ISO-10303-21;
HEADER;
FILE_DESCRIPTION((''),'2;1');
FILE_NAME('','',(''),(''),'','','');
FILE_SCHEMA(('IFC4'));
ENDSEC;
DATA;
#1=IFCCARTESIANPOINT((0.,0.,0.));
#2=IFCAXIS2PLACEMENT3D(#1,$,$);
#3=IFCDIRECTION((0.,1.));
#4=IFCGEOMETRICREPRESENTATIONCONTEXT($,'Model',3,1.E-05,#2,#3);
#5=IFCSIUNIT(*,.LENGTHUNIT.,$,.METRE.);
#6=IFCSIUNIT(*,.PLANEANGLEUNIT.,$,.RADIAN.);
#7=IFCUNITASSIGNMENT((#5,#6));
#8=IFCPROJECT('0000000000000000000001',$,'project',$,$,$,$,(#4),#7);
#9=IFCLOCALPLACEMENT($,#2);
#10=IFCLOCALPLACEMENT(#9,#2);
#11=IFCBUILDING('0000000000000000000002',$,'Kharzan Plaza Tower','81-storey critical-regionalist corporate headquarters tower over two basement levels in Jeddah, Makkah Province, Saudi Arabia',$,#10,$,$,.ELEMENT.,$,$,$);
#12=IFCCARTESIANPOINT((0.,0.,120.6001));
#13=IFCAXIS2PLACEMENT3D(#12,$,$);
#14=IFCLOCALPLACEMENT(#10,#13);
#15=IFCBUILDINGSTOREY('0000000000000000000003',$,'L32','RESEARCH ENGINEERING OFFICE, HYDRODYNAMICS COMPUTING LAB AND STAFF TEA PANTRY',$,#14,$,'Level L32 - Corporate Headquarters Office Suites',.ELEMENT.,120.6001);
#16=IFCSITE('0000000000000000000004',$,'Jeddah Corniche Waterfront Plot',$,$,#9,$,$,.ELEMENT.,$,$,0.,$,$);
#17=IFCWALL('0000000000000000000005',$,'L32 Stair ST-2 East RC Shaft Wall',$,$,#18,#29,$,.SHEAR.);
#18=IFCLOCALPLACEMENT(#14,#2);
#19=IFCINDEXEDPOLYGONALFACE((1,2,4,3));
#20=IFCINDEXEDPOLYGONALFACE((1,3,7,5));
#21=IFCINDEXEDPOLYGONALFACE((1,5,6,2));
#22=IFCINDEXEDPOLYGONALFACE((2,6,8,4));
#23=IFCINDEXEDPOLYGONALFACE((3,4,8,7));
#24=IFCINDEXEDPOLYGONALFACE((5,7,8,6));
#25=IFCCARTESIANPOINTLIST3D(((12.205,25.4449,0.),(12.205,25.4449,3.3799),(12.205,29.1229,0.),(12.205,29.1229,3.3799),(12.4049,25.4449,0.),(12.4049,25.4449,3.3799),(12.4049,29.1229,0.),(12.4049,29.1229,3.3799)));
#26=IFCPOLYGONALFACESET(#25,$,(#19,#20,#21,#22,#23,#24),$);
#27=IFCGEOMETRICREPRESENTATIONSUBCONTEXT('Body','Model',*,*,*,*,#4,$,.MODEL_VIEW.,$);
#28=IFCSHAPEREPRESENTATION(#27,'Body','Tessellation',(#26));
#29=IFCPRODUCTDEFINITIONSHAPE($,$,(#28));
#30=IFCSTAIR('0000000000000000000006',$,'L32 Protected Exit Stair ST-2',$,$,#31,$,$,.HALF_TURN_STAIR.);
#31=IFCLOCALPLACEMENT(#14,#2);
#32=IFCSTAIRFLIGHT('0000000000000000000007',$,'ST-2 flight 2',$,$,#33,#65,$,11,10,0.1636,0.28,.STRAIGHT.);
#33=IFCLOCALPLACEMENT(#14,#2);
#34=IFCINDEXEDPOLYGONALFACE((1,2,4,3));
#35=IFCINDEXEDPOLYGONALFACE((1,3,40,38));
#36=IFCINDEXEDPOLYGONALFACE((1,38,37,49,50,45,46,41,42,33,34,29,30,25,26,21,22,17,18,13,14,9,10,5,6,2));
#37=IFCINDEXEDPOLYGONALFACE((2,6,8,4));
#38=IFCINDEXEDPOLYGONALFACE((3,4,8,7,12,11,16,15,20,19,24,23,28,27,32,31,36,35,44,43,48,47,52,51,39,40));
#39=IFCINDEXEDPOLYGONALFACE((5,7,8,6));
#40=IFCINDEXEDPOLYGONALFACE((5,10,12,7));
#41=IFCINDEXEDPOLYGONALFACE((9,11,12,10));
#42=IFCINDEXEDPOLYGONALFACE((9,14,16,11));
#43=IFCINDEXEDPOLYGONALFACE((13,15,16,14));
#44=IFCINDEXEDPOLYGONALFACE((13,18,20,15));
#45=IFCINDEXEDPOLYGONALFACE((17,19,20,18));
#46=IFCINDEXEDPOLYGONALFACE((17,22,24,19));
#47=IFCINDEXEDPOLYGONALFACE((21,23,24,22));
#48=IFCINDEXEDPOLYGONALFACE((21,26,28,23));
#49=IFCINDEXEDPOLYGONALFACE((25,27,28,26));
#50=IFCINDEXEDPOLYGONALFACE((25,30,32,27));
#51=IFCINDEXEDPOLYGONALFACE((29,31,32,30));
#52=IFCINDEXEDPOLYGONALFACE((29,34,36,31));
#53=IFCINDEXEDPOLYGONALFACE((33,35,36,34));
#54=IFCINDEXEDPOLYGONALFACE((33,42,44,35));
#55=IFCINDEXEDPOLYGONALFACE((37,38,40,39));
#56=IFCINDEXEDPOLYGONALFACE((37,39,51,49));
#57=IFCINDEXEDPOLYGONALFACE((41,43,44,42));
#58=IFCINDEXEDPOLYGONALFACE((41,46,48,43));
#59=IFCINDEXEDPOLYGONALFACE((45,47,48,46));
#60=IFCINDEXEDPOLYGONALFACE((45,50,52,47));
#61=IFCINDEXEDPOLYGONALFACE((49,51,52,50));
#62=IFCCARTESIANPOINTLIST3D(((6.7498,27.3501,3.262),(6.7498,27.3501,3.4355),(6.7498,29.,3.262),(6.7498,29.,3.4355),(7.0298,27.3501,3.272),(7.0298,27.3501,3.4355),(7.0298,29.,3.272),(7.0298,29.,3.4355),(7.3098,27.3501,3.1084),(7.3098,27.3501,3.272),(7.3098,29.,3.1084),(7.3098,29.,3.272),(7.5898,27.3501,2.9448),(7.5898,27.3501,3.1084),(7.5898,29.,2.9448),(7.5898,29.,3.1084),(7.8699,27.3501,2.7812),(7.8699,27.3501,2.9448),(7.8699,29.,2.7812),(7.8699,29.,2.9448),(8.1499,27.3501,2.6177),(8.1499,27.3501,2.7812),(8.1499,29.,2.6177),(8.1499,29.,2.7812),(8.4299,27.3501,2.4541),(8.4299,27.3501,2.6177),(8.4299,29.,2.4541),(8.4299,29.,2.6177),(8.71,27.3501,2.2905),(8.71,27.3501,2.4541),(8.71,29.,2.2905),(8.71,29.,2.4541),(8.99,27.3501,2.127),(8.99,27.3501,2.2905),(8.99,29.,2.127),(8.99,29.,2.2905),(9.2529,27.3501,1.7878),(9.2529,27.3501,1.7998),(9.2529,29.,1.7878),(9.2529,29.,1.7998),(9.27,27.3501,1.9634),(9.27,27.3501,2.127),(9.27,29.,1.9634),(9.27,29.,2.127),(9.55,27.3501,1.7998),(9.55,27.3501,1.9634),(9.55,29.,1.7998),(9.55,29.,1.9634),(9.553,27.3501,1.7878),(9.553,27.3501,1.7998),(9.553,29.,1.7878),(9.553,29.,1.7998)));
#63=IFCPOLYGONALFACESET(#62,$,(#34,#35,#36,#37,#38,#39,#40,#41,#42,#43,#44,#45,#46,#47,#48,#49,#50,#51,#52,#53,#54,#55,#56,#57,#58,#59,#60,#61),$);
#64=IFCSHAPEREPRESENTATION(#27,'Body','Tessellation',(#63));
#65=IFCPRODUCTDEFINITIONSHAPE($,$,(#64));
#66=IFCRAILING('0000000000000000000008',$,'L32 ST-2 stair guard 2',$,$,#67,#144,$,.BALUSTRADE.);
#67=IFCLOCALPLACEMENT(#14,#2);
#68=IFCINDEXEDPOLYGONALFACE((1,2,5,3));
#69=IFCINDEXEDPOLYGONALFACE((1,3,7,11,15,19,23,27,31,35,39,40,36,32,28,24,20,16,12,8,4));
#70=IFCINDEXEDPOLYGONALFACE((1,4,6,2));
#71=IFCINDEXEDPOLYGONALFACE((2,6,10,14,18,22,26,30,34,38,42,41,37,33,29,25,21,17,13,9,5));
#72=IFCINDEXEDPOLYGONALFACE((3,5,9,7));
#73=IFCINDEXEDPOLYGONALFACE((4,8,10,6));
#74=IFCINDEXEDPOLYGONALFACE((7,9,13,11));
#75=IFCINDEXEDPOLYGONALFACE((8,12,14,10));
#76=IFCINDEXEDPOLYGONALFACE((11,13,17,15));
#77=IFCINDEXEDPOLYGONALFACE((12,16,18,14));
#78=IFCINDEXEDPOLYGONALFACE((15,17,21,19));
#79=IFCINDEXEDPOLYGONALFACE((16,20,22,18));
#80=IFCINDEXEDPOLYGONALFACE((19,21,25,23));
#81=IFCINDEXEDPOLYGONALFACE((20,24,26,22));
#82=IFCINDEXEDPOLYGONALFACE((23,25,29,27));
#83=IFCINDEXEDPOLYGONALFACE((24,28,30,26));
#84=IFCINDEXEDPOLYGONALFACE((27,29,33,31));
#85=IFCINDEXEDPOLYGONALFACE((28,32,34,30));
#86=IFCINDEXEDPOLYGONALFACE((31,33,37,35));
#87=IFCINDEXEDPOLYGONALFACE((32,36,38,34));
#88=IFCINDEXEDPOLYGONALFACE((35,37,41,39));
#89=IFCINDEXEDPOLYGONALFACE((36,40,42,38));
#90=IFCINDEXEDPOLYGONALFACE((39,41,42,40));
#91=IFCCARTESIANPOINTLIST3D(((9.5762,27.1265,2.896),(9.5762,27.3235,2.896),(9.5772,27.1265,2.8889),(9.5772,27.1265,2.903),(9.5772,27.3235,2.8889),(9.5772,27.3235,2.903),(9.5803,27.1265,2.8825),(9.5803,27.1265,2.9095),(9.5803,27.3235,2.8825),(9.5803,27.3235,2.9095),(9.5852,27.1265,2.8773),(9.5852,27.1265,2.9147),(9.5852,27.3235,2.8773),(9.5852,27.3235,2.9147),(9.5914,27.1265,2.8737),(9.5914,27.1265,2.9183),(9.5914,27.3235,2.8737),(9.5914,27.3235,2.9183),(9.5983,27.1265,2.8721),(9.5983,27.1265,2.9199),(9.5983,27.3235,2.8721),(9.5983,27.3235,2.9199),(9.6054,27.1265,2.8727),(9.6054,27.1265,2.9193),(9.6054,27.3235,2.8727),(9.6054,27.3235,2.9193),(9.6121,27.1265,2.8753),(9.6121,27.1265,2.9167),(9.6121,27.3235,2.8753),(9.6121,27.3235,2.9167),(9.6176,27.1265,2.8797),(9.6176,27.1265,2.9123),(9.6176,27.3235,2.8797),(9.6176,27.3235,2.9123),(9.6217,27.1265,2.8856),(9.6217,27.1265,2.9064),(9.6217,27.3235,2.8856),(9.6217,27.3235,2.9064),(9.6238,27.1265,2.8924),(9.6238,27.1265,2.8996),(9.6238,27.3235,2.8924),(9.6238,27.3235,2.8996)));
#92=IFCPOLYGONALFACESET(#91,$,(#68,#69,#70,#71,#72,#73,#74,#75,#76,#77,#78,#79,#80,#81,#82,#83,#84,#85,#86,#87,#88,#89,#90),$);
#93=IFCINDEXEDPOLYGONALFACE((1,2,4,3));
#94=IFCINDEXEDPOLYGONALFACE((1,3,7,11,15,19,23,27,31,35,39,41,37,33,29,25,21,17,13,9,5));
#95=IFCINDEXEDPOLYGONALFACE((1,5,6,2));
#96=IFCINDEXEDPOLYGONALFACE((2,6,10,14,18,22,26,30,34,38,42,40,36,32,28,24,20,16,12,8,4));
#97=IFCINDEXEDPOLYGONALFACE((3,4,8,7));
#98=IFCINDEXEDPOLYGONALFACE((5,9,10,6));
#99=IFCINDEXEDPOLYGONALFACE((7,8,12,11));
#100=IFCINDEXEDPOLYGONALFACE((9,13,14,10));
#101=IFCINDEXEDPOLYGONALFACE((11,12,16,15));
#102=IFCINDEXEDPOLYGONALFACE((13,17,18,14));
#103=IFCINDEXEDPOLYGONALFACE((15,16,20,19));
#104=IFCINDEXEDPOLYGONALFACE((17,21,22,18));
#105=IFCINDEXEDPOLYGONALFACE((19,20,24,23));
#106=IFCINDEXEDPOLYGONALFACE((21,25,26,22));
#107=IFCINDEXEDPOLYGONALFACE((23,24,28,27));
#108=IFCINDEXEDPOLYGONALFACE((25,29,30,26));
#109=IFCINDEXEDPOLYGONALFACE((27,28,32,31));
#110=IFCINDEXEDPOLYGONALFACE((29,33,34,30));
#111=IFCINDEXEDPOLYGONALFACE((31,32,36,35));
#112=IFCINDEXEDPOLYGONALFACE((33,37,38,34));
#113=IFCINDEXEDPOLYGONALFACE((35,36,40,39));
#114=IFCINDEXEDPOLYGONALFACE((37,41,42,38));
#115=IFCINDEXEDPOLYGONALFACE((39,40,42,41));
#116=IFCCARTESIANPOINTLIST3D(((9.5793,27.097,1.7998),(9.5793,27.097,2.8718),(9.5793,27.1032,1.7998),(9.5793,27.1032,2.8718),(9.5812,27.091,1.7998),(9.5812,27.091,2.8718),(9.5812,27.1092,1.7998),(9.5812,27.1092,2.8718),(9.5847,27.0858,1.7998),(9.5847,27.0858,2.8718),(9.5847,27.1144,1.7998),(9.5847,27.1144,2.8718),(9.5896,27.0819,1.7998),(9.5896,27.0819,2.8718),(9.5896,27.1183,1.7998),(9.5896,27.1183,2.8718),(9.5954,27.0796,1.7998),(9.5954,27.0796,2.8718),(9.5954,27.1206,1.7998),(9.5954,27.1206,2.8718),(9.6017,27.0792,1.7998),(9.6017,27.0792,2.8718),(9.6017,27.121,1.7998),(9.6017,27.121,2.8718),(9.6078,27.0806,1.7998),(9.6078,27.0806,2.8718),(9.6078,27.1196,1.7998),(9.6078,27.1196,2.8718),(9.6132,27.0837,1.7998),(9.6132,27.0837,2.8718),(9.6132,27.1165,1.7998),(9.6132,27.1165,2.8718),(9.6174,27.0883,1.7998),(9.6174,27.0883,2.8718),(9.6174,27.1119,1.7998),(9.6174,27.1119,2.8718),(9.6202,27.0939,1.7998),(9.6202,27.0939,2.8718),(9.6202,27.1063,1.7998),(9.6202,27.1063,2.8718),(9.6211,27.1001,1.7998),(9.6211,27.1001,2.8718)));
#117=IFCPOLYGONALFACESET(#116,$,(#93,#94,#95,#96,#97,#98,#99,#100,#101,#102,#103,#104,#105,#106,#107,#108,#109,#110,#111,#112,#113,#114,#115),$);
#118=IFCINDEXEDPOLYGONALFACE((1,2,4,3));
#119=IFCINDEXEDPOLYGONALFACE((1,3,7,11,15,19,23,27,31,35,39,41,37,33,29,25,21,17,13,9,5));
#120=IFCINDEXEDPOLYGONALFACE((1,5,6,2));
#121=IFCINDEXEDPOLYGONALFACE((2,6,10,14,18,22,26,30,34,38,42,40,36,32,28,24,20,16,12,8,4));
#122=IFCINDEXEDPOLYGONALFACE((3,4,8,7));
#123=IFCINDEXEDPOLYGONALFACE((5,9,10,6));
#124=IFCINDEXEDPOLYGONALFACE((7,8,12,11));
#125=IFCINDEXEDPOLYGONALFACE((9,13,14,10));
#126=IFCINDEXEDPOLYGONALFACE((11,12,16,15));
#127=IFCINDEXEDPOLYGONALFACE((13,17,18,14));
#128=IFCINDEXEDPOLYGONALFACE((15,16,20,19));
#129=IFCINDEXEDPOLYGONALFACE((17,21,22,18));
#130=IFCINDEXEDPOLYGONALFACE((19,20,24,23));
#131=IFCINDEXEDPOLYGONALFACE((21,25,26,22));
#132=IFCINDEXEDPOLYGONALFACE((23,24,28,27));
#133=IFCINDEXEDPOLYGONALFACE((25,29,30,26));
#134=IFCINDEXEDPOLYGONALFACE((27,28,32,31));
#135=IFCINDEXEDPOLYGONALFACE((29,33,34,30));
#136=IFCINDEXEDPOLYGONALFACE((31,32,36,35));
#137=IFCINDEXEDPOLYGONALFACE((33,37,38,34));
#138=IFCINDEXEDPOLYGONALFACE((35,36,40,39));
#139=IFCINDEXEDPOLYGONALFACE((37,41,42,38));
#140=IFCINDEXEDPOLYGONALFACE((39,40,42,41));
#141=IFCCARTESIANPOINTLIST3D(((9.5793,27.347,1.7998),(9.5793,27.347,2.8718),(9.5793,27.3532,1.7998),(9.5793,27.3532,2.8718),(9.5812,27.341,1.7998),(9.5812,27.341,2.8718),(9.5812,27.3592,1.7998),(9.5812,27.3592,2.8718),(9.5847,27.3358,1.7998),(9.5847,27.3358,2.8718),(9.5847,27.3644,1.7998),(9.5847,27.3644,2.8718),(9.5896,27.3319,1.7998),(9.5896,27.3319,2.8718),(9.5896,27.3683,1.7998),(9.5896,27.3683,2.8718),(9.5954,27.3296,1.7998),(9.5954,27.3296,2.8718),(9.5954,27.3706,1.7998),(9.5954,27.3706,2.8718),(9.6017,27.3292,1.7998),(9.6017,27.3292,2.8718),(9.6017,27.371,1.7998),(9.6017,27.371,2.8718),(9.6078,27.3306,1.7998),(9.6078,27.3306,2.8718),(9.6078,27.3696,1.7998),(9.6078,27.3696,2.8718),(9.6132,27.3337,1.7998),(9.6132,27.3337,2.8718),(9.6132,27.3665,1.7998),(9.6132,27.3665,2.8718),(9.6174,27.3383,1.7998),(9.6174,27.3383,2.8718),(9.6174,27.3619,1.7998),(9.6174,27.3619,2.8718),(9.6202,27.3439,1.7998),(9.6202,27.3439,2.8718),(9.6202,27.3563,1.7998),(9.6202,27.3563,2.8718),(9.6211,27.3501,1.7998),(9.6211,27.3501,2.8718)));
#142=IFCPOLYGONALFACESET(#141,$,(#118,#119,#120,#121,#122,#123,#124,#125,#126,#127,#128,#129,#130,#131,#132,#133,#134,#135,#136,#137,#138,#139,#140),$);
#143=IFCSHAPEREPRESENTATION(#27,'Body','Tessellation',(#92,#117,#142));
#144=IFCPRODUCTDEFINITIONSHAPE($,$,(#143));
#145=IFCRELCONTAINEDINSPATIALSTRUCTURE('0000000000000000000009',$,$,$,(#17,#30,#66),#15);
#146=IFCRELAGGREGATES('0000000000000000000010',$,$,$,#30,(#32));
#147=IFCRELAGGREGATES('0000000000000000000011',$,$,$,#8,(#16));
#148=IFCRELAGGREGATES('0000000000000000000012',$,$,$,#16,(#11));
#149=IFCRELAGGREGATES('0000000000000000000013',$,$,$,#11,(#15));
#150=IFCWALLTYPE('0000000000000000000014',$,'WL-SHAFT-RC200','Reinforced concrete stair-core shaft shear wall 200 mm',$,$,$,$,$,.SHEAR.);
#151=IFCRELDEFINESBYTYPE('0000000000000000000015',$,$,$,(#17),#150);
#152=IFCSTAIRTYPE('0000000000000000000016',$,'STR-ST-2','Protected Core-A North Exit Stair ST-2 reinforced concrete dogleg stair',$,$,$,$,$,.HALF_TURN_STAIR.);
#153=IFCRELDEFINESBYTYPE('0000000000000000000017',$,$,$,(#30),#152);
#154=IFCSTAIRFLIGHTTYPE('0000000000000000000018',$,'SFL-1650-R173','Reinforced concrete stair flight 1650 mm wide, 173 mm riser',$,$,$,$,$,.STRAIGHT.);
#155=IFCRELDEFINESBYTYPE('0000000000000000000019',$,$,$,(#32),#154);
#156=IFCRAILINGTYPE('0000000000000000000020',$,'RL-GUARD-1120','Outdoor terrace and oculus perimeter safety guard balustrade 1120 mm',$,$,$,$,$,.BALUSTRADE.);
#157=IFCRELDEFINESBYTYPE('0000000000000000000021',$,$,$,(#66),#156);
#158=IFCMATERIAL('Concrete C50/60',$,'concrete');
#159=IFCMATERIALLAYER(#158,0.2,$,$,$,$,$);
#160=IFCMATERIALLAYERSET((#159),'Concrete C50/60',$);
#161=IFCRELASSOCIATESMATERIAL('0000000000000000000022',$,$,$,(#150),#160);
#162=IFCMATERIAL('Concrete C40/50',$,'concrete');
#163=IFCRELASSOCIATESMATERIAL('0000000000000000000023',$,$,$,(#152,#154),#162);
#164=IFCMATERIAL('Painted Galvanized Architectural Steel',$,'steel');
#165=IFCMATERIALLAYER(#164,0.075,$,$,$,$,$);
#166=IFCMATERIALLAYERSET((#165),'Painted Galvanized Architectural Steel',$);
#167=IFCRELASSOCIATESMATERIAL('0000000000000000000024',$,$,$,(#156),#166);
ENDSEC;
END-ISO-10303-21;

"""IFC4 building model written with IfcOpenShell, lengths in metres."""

from ifc_helpers import new_model, si_unit, direction, frame, frame_2d, origin, origin_2d, place, context, subcontext, project, spatial, polyline, rectangle, circle, outline, extrude, source, transform, mapped, material, layer, layer_set, type_object, element, aggregate, save


model = new_model("IFC4")

# Units and contexts
model_context = context("Model", 3, precision=1e-05, world=origin(), true_north=direction((0.0, 1.0)))
body_context = subcontext(model_context, "Body", "Model", "MODEL_VIEW")
ifc_project = project(units=[si_unit("LENGTHUNIT", "METRE"), si_unit("PLANEANGLEUNIT", "RADIAN")], contexts=[model_context])

# Site, building, storey
site_placement = place(None, origin())
site = spatial("IfcSite", under=ifc_project, at=site_placement, Name="Jeddah Corniche Waterfront Plot", CompositionType="ELEMENT", RefElevation=0.0)
building_placement = place(site_placement, origin())
building = spatial("IfcBuilding", under=site, at=building_placement, Name="Kharzan Plaza Tower", Description="81-storey critical-regionalist corporate headquarters tower over two basement levels in Jeddah, Makkah Province, Saudi Arabia", CompositionType="ELEMENT")
storey_placement = place(building_placement, frame((0.0, 0.0, 120.6001)))
storey = spatial("IfcBuildingStorey", under=building, at=storey_placement, Name="L32", Description="RESEARCH ENGINEERING OFFICE, HYDRODYNAMICS COMPUTING LAB AND STAFF TEA PANTRY", LongName="Level L32 - Corporate Headquarters Office Suites", CompositionType="ELEMENT", Elevation=120.6001)

# Shared definitions
ifc_material_1 = material(Name="Concrete C40/50", Category="concrete")

# Wall
ifc_material_2 = material(Name="Concrete C50/60", Category="concrete")
ifc_layer_1 = layer(ifc_material_2, 0.2)
ifc_layer_set_1 = layer_set([ifc_layer_1], Name="Concrete C50/60")
wall_type_1 = type_object("IfcWallType", Name="WL-SHAFT-RC200", Description="Reinforced concrete stair-core shaft shear wall 200 mm", PredefinedType="SHEAR", material=ifc_layer_set_1)
shared_shape_1 = source(origin(), body_context, "Body", "SweptSolid", [
    extrude(rectangle(XDim=3.678, YDim=0.2, at=frame_2d((1.8389, 0.0))), origin(), (0.0, 0.0, 1.0), 3.3799),
])
wall_1_placement = place(storey_placement, frame((12.3049, 25.4451, 0.0), z_axis=(0.0, 0.0, 1.0), x_axis=(0.0, 1.0, 0.0)))
element("IfcWall", 1, at=wall_1_placement, inside=storey, type_object=wall_type_1, Name="L32 Stair ST-2 East RC Shaft Wall", PredefinedType="SHEAR", context=body_context, shape_type="MappedRepresentation", body=[
    mapped(shared_shape_1, transform((0.0, 0.0, 0.0), x_axis=(1.0, 0.0, 0.0), y_axis=(0.0, 1.0, 0.0), z_axis=(0.0, 0.0, 1.0))),
])

# Stair, stair flight
stair_type = type_object("IfcStairType", Name="STR-ST-2", Description="Protected Core-A North Exit Stair ST-2 reinforced concrete dogleg stair", PredefinedType="HALF_TURN_STAIR", material=ifc_material_1)
stair_placement = place(storey_placement, origin())
stair = element("IfcStair", 2, at=stair_placement, inside=storey, type_object=stair_type, Name="L32 Protected Exit Stair ST-2", PredefinedType="HALF_TURN_STAIR")
stair_flight_type = type_object("IfcStairFlightType", Name="SFL-1650-R173", Description="Reinforced concrete stair flight 1650 mm wide, 173 mm riser", PredefinedType="STRAIGHT", material=ifc_material_1)
shared_shape_2 = source(origin(), body_context, "Body", "SweptSolid", [
    extrude(outline(polyline([(-0.0029, -0.012), (-0.0029, 0.0), (0.0, 0.0), (0.0, 0.1636), (0.28, 0.1636), (0.28, 0.3271), (0.5601, 0.3271), (0.5601, 0.4907), (0.8401, 0.4907), (0.8401, 0.6543), (1.1201, 0.6543), (1.1201, 0.8179), (1.4001, 0.8179), (1.4001, 0.9814), (1.6802, 0.9814), (1.6802, 1.145), (1.9602, 1.145), (1.9602, 1.3086), (2.2402, 1.3086), (2.2402, 1.4722), (2.5203, 1.4722), (2.5203, 1.6357), (2.8003, 1.6357), (2.8003, 1.7993), (2.8003, 1.4622), (0.2971, 0.0), (0.2971, -0.012), (-0.0029, -0.012)])), frame((0.0, 0.825, 0.0), z_axis=(0.0, -1.0, 0.0), x_axis=(1.0, 0.0, 0.0)), (0.0, 0.0, 1.0), 1.6499),
])
stair_flight_placement = place(storey_placement, frame((9.55, 28.175, 1.7998), z_axis=(0.0, 0.0, 1.0), x_axis=(-1.0, 0.0, 0.0)))
stair_flight = element("IfcStairFlight", 3, at=stair_flight_placement, type_object=stair_flight_type, Name="ST-2 flight 2", NumberOfRisers=11, NumberOfTreads=10, PredefinedType="STRAIGHT", RiserHeight=0.1636, TreadLength=0.28, context=body_context, shape_type="MappedRepresentation", body=[
    mapped(shared_shape_2, transform((0.0, 0.0, 0.0), x_axis=(1.0, 0.0, 0.0), y_axis=(0.0, 1.0, 0.0), z_axis=(0.0, 0.0, 1.0))),
])
aggregate(stair, [stair_flight])

# Railing
ifc_material_3 = material(Name="Painted Galvanized Architectural Steel", Category="steel")
ifc_layer_2 = layer(ifc_material_3, 0.075)
ifc_layer_set_2 = layer_set([ifc_layer_2], Name="Painted Galvanized Architectural Steel")
railing_type_1 = type_object("IfcRailingType", Name="RL-GUARD-1120", Description="Outdoor terrace and oculus perimeter safety guard balustrade 1120 mm", PredefinedType="BALUSTRADE", material=ifc_layer_set_2)
shared_shape_3 = source(origin(), body_context, "Body", "SweptSolid", [
    extrude(circle(Radius=0.0239, at=origin_2d()), frame((0.0, 0.0264, 1.0962), z_axis=(0.0, 1.0, 0.0), x_axis=(-1.0, 0.0, 0.0)), (0.0, 0.0, 1.0), 0.197),
    extrude(circle(Radius=0.021, at=origin_2d()), origin(), (0.0, 0.0, 1.0), 1.072),
    extrude(circle(Radius=0.021, at=origin_2d()), frame((0.0, 0.25, 0.0)), (0.0, 0.0, 1.0), 1.072),
])
railing_1_placement = place(storey_placement, frame((9.6001, 27.1001, 1.7998)))
element("IfcRailing", 4, at=railing_1_placement, inside=storey, type_object=railing_type_1, Name="L32 ST-2 stair guard 2", PredefinedType="BALUSTRADE", context=body_context, shape_type="MappedRepresentation", body=[
    mapped(shared_shape_3, transform((0.0, 0.0, 0.0), x_axis=(1.0, 0.0, 0.0), y_axis=(0.0, 1.0, 0.0), z_axis=(0.0, 0.0, 1.0))),
])

save(model, "model.ifc")
